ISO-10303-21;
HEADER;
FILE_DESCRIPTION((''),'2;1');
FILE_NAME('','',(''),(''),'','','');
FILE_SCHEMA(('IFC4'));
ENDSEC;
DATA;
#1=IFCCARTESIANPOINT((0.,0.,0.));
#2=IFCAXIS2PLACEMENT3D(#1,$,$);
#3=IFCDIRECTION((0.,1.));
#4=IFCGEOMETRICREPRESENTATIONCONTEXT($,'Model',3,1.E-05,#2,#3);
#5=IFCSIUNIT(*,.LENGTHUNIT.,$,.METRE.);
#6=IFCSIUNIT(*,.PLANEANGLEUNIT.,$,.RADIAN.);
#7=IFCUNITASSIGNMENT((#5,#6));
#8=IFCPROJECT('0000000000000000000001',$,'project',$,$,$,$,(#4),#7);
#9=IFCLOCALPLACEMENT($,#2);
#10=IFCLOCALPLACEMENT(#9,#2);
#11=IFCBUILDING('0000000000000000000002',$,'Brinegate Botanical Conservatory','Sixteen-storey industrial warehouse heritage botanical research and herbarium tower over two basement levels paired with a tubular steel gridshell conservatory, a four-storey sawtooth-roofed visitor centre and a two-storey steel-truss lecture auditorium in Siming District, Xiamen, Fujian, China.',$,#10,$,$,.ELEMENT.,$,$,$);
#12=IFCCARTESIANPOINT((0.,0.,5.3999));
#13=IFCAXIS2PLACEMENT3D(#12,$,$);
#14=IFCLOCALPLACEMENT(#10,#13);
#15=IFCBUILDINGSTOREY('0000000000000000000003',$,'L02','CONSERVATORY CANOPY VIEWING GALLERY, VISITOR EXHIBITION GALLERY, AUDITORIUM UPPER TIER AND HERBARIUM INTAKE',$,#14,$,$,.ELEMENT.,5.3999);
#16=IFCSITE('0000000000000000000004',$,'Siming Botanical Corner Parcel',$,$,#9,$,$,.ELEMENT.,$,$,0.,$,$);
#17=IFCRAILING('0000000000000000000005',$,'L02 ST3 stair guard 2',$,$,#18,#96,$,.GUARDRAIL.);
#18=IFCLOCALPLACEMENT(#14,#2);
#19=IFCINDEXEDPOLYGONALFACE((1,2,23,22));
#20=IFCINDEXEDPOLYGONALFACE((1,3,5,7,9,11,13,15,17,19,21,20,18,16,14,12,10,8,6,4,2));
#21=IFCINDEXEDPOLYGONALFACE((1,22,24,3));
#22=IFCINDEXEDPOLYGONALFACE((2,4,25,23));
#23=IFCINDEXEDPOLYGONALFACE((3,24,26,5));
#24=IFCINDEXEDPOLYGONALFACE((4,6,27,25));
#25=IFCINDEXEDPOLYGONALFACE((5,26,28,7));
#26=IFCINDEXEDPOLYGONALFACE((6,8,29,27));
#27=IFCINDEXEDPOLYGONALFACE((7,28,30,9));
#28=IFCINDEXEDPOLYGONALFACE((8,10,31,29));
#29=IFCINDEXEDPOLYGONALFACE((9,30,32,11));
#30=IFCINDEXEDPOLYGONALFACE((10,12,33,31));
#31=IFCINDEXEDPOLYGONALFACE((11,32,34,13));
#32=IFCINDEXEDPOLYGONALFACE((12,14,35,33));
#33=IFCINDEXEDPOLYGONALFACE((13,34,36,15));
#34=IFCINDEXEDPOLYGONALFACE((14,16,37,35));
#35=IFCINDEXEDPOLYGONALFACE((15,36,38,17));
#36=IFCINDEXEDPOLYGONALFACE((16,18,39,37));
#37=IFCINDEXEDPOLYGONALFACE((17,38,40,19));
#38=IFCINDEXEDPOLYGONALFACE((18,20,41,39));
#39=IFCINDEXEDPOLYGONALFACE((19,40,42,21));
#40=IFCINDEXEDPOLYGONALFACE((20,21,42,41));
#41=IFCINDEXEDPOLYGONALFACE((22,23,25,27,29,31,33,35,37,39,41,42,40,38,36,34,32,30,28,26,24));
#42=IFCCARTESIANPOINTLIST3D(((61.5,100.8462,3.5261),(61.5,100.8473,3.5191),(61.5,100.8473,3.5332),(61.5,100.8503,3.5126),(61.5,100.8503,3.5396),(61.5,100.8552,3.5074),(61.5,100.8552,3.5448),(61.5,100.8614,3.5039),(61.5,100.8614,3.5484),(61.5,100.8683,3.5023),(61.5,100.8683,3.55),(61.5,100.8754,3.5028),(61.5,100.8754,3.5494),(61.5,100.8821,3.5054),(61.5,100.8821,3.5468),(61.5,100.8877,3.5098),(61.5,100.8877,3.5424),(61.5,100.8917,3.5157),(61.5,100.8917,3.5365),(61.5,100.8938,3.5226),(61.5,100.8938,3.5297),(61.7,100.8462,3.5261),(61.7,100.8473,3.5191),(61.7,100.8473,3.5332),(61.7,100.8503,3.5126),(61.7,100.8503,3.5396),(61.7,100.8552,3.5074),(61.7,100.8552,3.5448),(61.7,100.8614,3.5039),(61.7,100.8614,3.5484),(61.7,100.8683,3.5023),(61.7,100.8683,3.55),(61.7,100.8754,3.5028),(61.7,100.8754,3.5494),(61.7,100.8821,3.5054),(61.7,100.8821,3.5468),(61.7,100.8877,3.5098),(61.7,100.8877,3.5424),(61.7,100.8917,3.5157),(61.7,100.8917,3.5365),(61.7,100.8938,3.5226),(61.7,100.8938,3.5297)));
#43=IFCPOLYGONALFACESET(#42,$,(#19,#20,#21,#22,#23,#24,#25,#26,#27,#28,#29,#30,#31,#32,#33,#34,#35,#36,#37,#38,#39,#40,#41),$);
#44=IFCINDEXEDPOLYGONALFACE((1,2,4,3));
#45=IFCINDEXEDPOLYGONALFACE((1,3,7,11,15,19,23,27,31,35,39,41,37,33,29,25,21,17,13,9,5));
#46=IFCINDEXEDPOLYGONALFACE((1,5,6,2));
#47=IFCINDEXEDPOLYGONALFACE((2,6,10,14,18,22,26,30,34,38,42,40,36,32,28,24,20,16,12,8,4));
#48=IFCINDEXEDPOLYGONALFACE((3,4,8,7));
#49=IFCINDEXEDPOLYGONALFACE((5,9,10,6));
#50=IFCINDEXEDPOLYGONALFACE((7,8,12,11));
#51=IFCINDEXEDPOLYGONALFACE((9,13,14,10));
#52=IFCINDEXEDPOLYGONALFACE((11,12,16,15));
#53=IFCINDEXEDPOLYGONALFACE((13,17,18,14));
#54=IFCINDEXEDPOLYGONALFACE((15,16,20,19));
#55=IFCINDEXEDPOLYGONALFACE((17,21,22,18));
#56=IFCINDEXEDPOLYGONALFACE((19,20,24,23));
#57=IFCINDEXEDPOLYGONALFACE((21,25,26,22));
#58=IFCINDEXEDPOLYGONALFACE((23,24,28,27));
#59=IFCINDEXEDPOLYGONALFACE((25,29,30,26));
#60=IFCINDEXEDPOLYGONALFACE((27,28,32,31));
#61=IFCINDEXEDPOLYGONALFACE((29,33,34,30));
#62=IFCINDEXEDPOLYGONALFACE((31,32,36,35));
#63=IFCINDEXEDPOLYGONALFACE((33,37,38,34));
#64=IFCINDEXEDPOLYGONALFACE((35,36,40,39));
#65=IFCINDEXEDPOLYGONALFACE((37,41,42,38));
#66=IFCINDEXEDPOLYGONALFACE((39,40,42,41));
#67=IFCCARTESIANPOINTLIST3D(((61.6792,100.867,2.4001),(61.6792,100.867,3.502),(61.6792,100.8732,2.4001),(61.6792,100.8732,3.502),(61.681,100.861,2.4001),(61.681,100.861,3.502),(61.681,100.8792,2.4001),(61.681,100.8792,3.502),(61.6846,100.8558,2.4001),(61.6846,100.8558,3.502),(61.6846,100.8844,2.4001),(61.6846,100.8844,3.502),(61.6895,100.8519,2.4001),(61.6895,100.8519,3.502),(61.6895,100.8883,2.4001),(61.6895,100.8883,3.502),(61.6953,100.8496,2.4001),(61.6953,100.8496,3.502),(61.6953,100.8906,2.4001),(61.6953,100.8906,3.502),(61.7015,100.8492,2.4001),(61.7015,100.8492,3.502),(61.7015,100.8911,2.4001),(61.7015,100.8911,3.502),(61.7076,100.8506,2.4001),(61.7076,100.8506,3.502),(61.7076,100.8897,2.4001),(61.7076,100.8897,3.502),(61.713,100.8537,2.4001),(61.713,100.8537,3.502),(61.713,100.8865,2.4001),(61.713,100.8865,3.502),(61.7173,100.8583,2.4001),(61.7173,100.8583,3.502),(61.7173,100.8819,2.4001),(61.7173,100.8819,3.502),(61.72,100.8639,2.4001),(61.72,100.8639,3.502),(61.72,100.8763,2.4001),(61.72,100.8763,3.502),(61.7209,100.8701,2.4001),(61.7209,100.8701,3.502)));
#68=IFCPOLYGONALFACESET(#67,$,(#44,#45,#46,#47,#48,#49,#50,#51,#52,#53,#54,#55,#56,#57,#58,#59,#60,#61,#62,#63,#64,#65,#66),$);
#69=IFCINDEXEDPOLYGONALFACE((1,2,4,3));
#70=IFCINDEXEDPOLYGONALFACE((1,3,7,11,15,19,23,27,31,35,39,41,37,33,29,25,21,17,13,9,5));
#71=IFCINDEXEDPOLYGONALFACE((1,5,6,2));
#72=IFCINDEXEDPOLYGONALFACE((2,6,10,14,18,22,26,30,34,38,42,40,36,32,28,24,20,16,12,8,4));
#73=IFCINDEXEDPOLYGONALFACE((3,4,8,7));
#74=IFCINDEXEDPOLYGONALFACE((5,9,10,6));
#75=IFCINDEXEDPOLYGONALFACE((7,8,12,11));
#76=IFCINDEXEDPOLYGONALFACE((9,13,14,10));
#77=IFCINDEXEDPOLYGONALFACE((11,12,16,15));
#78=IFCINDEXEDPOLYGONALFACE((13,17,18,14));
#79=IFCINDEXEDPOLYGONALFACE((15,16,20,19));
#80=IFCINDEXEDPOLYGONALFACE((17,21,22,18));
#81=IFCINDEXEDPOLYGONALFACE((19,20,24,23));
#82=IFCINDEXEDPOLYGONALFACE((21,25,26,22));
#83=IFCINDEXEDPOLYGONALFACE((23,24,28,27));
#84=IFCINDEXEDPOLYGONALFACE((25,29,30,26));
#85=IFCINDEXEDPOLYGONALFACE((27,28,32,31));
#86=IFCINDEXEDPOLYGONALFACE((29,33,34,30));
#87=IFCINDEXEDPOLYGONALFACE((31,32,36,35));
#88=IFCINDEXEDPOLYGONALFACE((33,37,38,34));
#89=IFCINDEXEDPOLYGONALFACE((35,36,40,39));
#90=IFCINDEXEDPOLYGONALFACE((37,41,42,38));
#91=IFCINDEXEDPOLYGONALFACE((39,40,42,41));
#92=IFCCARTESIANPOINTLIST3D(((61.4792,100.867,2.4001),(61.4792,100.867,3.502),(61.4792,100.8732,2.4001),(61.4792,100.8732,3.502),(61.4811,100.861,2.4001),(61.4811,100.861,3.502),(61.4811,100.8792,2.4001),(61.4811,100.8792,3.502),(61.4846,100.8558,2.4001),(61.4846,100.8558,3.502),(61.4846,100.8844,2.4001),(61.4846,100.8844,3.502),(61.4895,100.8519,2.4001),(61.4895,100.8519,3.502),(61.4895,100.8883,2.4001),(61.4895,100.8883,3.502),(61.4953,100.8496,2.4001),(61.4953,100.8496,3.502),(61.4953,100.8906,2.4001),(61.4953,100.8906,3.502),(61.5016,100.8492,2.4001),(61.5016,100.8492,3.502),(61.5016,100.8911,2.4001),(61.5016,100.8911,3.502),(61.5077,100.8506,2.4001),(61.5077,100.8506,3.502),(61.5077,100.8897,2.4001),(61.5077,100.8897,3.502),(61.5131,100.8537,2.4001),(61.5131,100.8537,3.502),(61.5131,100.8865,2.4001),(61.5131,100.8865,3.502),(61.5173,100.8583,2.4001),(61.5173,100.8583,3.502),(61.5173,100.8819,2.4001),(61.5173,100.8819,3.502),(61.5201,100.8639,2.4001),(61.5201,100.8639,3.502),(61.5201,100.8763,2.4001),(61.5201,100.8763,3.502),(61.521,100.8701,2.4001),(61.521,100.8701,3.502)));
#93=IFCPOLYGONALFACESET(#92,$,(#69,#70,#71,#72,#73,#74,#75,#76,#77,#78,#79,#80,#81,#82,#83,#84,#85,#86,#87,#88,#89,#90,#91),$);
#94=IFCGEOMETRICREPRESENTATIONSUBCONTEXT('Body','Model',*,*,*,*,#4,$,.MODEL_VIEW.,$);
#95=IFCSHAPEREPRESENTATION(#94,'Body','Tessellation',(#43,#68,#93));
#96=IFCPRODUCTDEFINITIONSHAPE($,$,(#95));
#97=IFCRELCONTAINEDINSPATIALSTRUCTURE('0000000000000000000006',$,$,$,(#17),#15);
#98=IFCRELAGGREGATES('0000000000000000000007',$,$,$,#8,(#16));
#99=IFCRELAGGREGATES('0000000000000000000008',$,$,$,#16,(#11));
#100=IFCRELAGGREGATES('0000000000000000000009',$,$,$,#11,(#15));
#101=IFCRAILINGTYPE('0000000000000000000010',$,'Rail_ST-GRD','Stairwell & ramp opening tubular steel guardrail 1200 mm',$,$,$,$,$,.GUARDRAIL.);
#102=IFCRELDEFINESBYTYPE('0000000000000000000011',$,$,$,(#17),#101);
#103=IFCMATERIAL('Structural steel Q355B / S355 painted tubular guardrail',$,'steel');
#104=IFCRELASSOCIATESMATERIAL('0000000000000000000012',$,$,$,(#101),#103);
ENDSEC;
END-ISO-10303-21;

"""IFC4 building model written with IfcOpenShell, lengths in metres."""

from ifc_helpers import new_model, si_unit, direction, frame, origin, origin_2d, place, context, subcontext, project, spatial, circle, extrude, material, type_object, element, save


model = new_model("IFC4")

# Units and contexts
model_context = context("Model", 3, precision=1e-05, world=origin(), true_north=direction((0.0, 1.0)))
body_context = subcontext(model_context, "Body", "Model", "MODEL_VIEW")
ifc_project = project(units=[si_unit("LENGTHUNIT", "METRE"), si_unit("PLANEANGLEUNIT", "RADIAN")], contexts=[model_context])

# Site, building, storey
site_placement = place(None, origin())
site = spatial("IfcSite", under=ifc_project, at=site_placement, Name="Siming Botanical Corner Parcel", CompositionType="ELEMENT", RefElevation=0.0)
building_placement = place(site_placement, origin())
building = spatial("IfcBuilding", under=site, at=building_placement, Name="Brinegate Botanical Conservatory", Description="Sixteen-storey industrial warehouse heritage botanical research and herbarium tower over two basement levels paired with a tubular steel gridshell conservatory, a four-storey sawtooth-roofed visitor centre and a two-storey steel-truss lecture auditorium in Siming District, Xiamen, Fujian, China.", CompositionType="ELEMENT")
storey_placement = place(building_placement, frame((0.0, 0.0, 5.3999)))
storey = spatial("IfcBuildingStorey", under=building, at=storey_placement, Name="L02", Description="CONSERVATORY CANOPY VIEWING GALLERY, VISITOR EXHIBITION GALLERY, AUDITORIUM UPPER TIER AND HERBARIUM INTAKE", CompositionType="ELEMENT", Elevation=5.3999)

# Railing
ifc_material_1 = material(Name="Structural steel Q355B / S355 painted tubular guardrail", Category="steel")
railing_type_1 = type_object("IfcRailingType", Name="Rail_ST-GRD", Description="Stairwell & ramp opening tubular steel guardrail 1200 mm", PredefinedType="GUARDRAIL", material=ifc_material_1)
railing_1_placement = place(storey_placement, frame((61.7, 100.8701, 2.4001)))
element("IfcRailing", 1, at=railing_1_placement, inside=storey, type_object=railing_type_1, Name="L02 ST3 stair guard 2", PredefinedType="GUARDRAIL", context=body_context, shape_type="SweptSolid", body=[
    extrude(circle(Radius=0.0239, at=origin_2d()), frame((0.0, 0.0, 1.126), z_axis=(-1.0, 0.0, 0.0), x_axis=(0.0, -1.0, 0.0)), (0.0, 0.0, 1.0), 0.2),
    extrude(circle(Radius=0.021, at=origin_2d()), origin(), (0.0, 0.0, 1.0), 1.1018),
    extrude(circle(Radius=0.021, at=origin_2d()), frame((-0.2, 0.0, 0.0)), (0.0, 0.0, 1.0), 1.1018),
])

save(model, "model.ifc")
